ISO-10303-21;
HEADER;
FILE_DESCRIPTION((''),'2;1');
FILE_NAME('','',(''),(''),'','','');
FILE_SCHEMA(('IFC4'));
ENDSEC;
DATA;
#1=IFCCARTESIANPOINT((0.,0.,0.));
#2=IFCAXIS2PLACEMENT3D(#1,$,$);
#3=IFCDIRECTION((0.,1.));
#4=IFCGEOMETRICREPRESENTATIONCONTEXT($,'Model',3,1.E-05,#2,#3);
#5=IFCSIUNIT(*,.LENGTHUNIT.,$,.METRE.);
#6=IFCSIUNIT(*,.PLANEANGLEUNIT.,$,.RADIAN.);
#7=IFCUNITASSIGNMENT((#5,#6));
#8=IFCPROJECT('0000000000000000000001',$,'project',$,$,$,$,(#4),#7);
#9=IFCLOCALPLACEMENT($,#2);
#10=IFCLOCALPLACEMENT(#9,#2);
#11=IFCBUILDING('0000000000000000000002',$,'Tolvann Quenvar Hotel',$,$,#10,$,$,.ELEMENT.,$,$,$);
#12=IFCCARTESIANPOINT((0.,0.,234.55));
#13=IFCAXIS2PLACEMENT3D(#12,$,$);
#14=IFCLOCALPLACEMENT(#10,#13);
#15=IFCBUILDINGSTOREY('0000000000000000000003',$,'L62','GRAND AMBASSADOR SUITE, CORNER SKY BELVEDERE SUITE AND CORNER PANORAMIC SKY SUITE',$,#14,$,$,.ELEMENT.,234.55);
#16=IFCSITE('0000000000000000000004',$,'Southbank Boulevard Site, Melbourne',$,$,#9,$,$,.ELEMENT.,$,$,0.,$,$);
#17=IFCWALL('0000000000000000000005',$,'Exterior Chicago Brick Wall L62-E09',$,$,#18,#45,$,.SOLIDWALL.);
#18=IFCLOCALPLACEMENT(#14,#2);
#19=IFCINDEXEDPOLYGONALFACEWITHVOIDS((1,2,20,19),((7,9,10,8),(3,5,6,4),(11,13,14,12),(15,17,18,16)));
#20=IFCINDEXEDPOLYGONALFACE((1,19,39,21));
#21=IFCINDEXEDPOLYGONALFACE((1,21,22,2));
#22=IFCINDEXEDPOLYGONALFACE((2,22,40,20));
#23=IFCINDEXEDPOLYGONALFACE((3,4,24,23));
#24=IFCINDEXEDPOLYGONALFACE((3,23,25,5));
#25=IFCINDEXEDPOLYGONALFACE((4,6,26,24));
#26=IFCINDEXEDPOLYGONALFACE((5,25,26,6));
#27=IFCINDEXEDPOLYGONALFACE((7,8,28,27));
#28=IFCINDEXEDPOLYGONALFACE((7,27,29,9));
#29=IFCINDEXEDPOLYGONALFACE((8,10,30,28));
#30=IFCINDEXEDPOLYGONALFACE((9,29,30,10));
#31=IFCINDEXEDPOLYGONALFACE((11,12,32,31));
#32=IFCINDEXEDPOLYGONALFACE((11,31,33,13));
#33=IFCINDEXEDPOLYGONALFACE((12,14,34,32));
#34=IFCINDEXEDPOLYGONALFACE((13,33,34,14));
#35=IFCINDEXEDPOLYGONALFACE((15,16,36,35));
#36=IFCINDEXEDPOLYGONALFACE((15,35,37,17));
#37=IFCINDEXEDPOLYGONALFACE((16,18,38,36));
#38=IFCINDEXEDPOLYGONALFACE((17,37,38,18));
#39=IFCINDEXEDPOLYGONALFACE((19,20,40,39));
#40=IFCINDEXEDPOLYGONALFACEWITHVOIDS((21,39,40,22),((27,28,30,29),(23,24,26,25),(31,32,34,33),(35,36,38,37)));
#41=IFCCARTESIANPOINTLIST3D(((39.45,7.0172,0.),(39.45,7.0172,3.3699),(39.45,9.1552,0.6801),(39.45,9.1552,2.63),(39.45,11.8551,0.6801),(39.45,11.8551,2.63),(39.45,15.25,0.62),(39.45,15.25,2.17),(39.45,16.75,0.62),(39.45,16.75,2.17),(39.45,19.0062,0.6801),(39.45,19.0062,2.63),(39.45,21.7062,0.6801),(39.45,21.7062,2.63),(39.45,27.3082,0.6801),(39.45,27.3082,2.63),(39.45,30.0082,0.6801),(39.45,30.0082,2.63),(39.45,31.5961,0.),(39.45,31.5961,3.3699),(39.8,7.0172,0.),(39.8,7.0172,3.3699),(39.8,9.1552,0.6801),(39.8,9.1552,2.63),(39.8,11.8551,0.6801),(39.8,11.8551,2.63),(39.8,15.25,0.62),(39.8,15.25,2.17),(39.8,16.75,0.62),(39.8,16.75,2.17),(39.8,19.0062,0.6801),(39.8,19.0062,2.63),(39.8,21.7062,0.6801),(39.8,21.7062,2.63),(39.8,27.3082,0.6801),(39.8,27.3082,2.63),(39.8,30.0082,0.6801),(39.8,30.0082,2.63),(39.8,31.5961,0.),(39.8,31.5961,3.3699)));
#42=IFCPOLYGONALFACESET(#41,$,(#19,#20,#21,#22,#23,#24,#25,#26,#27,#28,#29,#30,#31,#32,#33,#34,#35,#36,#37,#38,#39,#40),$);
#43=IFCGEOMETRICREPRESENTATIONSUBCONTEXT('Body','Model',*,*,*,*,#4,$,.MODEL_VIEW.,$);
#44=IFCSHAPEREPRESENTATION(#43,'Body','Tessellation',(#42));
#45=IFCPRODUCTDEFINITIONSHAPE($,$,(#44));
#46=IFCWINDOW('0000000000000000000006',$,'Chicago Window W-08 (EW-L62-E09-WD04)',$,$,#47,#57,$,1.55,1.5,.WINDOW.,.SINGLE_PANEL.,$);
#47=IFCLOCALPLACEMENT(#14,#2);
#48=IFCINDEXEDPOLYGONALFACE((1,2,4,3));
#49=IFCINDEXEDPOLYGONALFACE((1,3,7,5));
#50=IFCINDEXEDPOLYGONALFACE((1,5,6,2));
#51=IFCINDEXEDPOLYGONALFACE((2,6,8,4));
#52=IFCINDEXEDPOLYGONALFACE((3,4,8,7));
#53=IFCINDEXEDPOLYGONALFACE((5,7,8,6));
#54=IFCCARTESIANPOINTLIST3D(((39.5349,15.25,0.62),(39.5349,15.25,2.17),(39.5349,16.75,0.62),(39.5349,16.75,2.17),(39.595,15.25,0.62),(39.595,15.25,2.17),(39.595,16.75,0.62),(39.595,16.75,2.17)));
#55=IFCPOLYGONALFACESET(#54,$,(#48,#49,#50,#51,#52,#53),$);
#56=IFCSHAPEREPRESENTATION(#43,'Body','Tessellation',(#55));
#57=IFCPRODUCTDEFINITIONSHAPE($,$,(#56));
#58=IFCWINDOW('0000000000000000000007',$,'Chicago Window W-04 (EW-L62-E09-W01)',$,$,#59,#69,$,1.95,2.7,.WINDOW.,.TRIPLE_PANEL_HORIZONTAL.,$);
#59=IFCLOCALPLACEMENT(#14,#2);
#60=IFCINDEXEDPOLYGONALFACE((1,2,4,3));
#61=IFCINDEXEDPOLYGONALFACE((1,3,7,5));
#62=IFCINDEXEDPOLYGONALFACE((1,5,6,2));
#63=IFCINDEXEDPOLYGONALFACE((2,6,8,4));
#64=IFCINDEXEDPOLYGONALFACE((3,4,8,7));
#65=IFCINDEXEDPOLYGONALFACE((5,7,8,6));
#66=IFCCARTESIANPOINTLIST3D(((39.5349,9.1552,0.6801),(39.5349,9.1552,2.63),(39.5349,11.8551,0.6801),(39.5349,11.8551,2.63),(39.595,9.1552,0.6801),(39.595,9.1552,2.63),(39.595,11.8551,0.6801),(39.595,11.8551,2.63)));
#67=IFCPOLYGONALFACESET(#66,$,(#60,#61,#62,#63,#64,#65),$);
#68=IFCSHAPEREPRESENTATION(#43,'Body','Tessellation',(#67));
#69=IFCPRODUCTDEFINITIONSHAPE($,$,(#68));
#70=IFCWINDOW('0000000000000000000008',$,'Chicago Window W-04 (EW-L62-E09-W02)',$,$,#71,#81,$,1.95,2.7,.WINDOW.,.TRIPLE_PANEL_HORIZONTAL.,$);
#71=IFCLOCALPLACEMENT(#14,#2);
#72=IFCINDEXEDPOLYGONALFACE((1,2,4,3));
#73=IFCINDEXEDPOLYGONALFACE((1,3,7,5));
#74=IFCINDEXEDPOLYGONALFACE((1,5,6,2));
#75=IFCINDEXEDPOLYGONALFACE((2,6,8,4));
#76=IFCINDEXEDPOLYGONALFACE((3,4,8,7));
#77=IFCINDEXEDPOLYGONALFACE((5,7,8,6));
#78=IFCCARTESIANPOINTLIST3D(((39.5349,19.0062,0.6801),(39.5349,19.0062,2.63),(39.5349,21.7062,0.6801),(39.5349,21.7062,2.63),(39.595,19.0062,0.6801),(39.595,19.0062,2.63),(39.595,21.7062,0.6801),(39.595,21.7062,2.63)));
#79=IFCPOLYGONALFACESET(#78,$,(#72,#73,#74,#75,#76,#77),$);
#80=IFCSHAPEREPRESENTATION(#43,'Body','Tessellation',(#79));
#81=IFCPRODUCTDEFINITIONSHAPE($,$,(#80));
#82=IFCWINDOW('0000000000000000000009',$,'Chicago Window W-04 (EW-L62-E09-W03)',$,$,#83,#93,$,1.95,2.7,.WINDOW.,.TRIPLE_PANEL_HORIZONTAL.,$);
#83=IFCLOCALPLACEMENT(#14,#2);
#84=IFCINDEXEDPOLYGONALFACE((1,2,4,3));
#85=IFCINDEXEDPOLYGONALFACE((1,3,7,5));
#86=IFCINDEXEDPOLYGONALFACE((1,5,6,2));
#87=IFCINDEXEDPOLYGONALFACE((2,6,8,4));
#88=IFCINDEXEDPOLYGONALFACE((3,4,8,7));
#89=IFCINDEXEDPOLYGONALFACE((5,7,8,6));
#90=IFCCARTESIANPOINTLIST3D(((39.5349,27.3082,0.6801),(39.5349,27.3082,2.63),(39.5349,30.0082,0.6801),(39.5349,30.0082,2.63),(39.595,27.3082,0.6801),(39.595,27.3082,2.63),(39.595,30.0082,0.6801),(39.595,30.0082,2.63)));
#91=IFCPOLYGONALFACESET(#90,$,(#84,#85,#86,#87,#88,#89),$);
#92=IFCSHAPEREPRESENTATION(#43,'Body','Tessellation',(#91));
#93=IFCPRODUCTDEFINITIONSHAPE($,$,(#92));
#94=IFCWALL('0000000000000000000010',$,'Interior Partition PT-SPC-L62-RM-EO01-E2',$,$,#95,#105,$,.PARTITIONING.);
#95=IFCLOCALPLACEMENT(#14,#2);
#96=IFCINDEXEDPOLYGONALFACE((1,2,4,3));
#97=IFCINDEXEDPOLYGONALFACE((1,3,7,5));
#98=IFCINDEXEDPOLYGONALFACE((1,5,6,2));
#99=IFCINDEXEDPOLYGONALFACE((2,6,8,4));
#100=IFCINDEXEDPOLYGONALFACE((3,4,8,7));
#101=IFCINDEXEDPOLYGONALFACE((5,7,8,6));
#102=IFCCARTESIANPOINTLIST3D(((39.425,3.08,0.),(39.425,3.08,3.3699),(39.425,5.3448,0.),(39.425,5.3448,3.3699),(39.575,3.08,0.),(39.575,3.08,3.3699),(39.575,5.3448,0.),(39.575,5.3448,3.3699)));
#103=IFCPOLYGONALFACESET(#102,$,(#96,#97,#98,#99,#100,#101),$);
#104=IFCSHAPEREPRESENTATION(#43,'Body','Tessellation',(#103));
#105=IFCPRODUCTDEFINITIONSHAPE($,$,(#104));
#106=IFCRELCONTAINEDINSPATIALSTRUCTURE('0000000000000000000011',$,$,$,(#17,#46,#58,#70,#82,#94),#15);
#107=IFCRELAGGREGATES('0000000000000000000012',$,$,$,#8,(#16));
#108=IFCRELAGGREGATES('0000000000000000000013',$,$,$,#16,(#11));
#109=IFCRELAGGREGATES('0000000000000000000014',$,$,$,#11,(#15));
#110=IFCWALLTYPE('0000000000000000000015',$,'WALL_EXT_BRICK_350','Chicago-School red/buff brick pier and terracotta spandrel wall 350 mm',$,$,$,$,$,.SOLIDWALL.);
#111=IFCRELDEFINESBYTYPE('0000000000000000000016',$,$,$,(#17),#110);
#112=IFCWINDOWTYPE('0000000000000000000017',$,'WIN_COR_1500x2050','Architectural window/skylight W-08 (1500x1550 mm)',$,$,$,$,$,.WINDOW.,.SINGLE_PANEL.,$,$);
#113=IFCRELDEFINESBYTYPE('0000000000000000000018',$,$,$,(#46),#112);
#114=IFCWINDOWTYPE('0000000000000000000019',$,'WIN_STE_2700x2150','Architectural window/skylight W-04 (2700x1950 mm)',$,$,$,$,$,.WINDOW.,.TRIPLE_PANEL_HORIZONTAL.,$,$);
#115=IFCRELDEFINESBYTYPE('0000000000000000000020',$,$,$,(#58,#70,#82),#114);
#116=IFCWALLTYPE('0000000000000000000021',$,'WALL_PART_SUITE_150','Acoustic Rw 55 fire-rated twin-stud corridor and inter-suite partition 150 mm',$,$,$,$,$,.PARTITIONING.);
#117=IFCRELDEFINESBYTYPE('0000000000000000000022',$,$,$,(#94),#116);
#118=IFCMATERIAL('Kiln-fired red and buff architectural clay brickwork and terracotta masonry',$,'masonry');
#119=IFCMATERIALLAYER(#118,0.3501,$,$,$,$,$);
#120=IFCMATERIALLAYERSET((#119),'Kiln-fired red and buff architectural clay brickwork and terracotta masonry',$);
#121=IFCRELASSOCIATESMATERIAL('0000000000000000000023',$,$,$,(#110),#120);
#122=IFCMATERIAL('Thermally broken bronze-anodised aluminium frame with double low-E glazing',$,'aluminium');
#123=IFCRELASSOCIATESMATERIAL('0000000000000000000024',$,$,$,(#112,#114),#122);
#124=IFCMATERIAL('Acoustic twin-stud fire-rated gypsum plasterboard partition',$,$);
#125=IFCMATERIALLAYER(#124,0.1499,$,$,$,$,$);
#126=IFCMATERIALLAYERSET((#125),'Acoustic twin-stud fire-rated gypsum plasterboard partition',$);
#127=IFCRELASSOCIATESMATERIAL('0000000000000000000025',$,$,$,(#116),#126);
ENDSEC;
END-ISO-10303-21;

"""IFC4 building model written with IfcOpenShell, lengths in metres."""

from ifc_helpers import new_model, si_unit, direction, frame, frame_2d, origin, place, context, subcontext, project, spatial, rectangle, extrude, source, transform, mapped, material, layer, layer_set, type_object, type_shapes, element, fill, save


model = new_model("IFC4")

# Units and contexts
model_context = context("Model", 3, precision=1e-05, world=origin(), true_north=direction((0.0, 1.0)))
body_context = subcontext(model_context, "Body", "Model", "MODEL_VIEW")
ifc_project = project(units=[si_unit("LENGTHUNIT", "METRE"), si_unit("PLANEANGLEUNIT", "RADIAN")], contexts=[model_context])

# Site, building, storey
site_placement = place(None, origin())
site = spatial("IfcSite", under=ifc_project, at=site_placement, Name="Southbank Boulevard Site, Melbourne", CompositionType="ELEMENT", RefElevation=0.0)
building_placement = place(site_placement, origin())
building = spatial("IfcBuilding", under=site, at=building_placement, Name="Tolvann Quenvar Hotel", CompositionType="ELEMENT")
storey_placement = place(building_placement, frame((0.0, 0.0, 234.55)))
storey = spatial("IfcBuildingStorey", under=building, at=storey_placement, Name="L62", Description="GRAND AMBASSADOR SUITE, CORNER SKY BELVEDERE SUITE AND CORNER PANORAMIC SKY SUITE", CompositionType="ELEMENT", Elevation=234.55)

# Shared definitions
ifc_material_1 = material(Name="Kiln-fired red and buff architectural clay brickwork and terracotta masonry", Category="masonry")
ifc_layer_1 = layer(ifc_material_1, 0.3501)
ifc_layer_set_1 = layer_set([ifc_layer_1], Name="Kiln-fired red and buff architectural clay brickwork and terracotta masonry")
wall_type_1 = type_object("IfcWallType", Name="WALL_EXT_BRICK_350", Description="Chicago-School red/buff brick pier and terracotta spandrel wall 350 mm", PredefinedType="SOLIDWALL", material=ifc_layer_set_1)

# Wall, openings, windows
wall_1_placement = place(storey_placement, frame((39.625, 7.0171, 0.0), z_axis=(0.0, 0.0, 1.0), x_axis=(0.0, 1.0, 0.0)))
wall_1 = element("IfcWall", 1, at=wall_1_placement, inside=storey, type_object=wall_type_1, Name="Exterior Chicago Brick Wall L62-E09", PredefinedType="SOLIDWALL", context=body_context, shape_type="SweptSolid", body=[
    extrude(rectangle(XDim=24.5789, YDim=0.3501, at=frame_2d((12.2896, 0.0))), origin(), (0.0, 0.0, 1.0), 3.3699),
])
opening_1_placement = place(wall_1_placement, frame((2.1379, 0.0, 0.6799)))
opening_1 = element("IfcOpeningElement", 2, at=opening_1_placement, cuts=wall_1, PredefinedType="OPENING", context=body_context, shape_type="SweptSolid", body=[
    extrude(rectangle(XDim=2.7, YDim=1.95, at=frame_2d((1.3501, 0.9751))), frame((0.0, 0.1851, 0.0), z_axis=(0.0, -1.0, 0.0), x_axis=(1.0, 0.0, 0.0)), (0.0, 0.0, 1.0), 0.3701),
])
opening_2_placement = place(wall_1_placement, frame((11.989, 0.0, 0.6799)))
opening_2 = element("IfcOpeningElement", 3, at=opening_2_placement, cuts=wall_1, PredefinedType="OPENING", context=body_context, shape_type="SweptSolid", body=[
    extrude(rectangle(XDim=2.7, YDim=1.95, at=frame_2d((1.3501, 0.9751))), frame((0.0, 0.1851, 0.0), z_axis=(0.0, -1.0, 0.0), x_axis=(1.0, 0.0, 0.0)), (0.0, 0.0, 1.0), 0.3701),
])
opening_3_placement = place(wall_1_placement, frame((20.291, 0.0, 0.6799)))
opening_3 = element("IfcOpeningElement", 4, at=opening_3_placement, cuts=wall_1, PredefinedType="OPENING", context=body_context, shape_type="SweptSolid", body=[
    extrude(rectangle(XDim=2.7, YDim=1.95, at=frame_2d((1.3501, 0.9751))), frame((0.0, 0.1851, 0.0), z_axis=(0.0, -1.0, 0.0), x_axis=(1.0, 0.0, 0.0)), (0.0, 0.0, 1.0), 0.3701),
])
opening_4_placement = place(wall_1_placement, frame((8.2329, 0.0, 0.6201)))
opening_4 = element("IfcOpeningElement", 5, at=opening_4_placement, cuts=wall_1, PredefinedType="OPENING", context=body_context, shape_type="SweptSolid", body=[
    extrude(rectangle(XDim=1.5, YDim=1.55, at=frame_2d((0.75, 0.7749))), frame((0.0, 0.1851, 0.0), z_axis=(0.0, -1.0, 0.0), x_axis=(1.0, 0.0, 0.0)), (0.0, 0.0, 1.0), 0.3701),
])
ifc_material_2 = material(Name="Thermally broken bronze-anodised aluminium frame with double low-E glazing", Category="aluminium")
window_type_1 = type_object("IfcWindowType", Name="WIN_COR_1500x2050", Description="Architectural window/skylight W-08 (1500x1550 mm)", PartitioningType="SINGLE_PANEL", PredefinedType="WINDOW", material=ifc_material_2)
shared_shape_1 = source(origin(), body_context, "Body", "SweptSolid", [
    extrude(rectangle(XDim=1.5, YDim=1.55, at=frame_2d((0.75, 0.7749))), frame((0.0, 0.0901, 0.0), z_axis=(0.0, -1.0, 0.0), x_axis=(1.0, 0.0, 0.0)), (0.0, 0.0, 1.0), 0.0601),
])
type_shapes(window_type_1, [shared_shape_1])
window_1_placement = place(opening_4_placement, origin())
window_1 = element("IfcWindow", 6, at=window_1_placement, inside=storey, type_object=window_type_1, Name="Chicago Window W-08 (EW-L62-E09-WD04)", OverallHeight=1.55, OverallWidth=1.5, PartitioningType="SINGLE_PANEL", PredefinedType="WINDOW", context=body_context, shape_type="MappedRepresentation", body=[
    mapped(shared_shape_1, transform((0.0, 0.0, 0.0), x_axis=(1.0, 0.0, 0.0), y_axis=(0.0, 1.0, 0.0), z_axis=(0.0, 0.0, 1.0), scale=1.0)),
])
fill(opening_4, window_1)
window_type_2 = type_object("IfcWindowType", Name="WIN_STE_2700x2150", Description="Architectural window/skylight W-04 (2700x1950 mm)", PartitioningType="TRIPLE_PANEL_HORIZONTAL", PredefinedType="WINDOW", material=ifc_material_2)
shared_shape_2 = source(origin(), body_context, "Body", "SweptSolid", [
    extrude(rectangle(XDim=2.7, YDim=1.95, at=frame_2d((1.3501, 0.9751))), frame((0.0, 0.0901, 0.0), z_axis=(0.0, -1.0, 0.0), x_axis=(1.0, 0.0, 0.0)), (0.0, 0.0, 1.0), 0.0601),
])
type_shapes(window_type_2, [shared_shape_2])
window_2_placement = place(opening_1_placement, origin())
window_2 = element("IfcWindow", 7, at=window_2_placement, inside=storey, type_object=window_type_2, Name="Chicago Window W-04 (EW-L62-E09-W01)", OverallHeight=1.95, OverallWidth=2.7, PartitioningType="TRIPLE_PANEL_HORIZONTAL", PredefinedType="WINDOW", context=body_context, shape_type="MappedRepresentation", body=[
    mapped(shared_shape_2, transform((0.0, 0.0, 0.0), x_axis=(1.0, 0.0, 0.0), y_axis=(0.0, 1.0, 0.0), z_axis=(0.0, 0.0, 1.0), scale=1.0)),
])
fill(opening_1, window_2)
window_3_placement = place(opening_2_placement, origin())
window_3 = element("IfcWindow", 8, at=window_3_placement, inside=storey, type_object=window_type_2, Name="Chicago Window W-04 (EW-L62-E09-W02)", OverallHeight=1.95, OverallWidth=2.7, PartitioningType="TRIPLE_PANEL_HORIZONTAL", PredefinedType="WINDOW", context=body_context, shape_type="MappedRepresentation", body=[
    mapped(shared_shape_2, transform((0.0, 0.0, 0.0), x_axis=(1.0, 0.0, 0.0), y_axis=(0.0, 1.0, 0.0), z_axis=(0.0, 0.0, 1.0), scale=1.0)),
])
fill(opening_2, window_3)
window_4_placement = place(opening_3_placement, origin())
window_4 = element("IfcWindow", 9, at=window_4_placement, inside=storey, type_object=window_type_2, Name="Chicago Window W-04 (EW-L62-E09-W03)", OverallHeight=1.95, OverallWidth=2.7, PartitioningType="TRIPLE_PANEL_HORIZONTAL", PredefinedType="WINDOW", context=body_context, shape_type="MappedRepresentation", body=[
    mapped(shared_shape_2, transform((0.0, 0.0, 0.0), x_axis=(1.0, 0.0, 0.0), y_axis=(0.0, 1.0, 0.0), z_axis=(0.0, 0.0, 1.0), scale=1.0)),
])
fill(opening_3, window_4)

# Wall
ifc_material_3 = material(Name="Acoustic twin-stud fire-rated gypsum plasterboard partition")
ifc_layer_2 = layer(ifc_material_3, 0.1499)
ifc_layer_set_2 = layer_set([ifc_layer_2], Name="Acoustic twin-stud fire-rated gypsum plasterboard partition")
wall_type_2 = type_object("IfcWallType", Name="WALL_PART_SUITE_150", Description="Acoustic Rw 55 fire-rated twin-stud corridor and inter-suite partition 150 mm", PredefinedType="PARTITIONING", material=ifc_layer_set_2)
wall_2_placement = place(storey_placement, frame((39.5, 3.0801, 0.0), z_axis=(0.0, 0.0, 1.0), x_axis=(0.0, 1.0, 0.0)))
element("IfcWall", 10, at=wall_2_placement, inside=storey, type_object=wall_type_2, Name="Interior Partition PT-SPC-L62-RM-EO01-E2", PredefinedType="PARTITIONING", context=body_context, shape_type="SweptSolid", body=[
    extrude(rectangle(XDim=2.2649, YDim=0.1499, at=frame_2d((1.1323, 0.0))), origin(), (0.0, 0.0, 1.0), 3.3699),
])

save(model, "model.ifc")
